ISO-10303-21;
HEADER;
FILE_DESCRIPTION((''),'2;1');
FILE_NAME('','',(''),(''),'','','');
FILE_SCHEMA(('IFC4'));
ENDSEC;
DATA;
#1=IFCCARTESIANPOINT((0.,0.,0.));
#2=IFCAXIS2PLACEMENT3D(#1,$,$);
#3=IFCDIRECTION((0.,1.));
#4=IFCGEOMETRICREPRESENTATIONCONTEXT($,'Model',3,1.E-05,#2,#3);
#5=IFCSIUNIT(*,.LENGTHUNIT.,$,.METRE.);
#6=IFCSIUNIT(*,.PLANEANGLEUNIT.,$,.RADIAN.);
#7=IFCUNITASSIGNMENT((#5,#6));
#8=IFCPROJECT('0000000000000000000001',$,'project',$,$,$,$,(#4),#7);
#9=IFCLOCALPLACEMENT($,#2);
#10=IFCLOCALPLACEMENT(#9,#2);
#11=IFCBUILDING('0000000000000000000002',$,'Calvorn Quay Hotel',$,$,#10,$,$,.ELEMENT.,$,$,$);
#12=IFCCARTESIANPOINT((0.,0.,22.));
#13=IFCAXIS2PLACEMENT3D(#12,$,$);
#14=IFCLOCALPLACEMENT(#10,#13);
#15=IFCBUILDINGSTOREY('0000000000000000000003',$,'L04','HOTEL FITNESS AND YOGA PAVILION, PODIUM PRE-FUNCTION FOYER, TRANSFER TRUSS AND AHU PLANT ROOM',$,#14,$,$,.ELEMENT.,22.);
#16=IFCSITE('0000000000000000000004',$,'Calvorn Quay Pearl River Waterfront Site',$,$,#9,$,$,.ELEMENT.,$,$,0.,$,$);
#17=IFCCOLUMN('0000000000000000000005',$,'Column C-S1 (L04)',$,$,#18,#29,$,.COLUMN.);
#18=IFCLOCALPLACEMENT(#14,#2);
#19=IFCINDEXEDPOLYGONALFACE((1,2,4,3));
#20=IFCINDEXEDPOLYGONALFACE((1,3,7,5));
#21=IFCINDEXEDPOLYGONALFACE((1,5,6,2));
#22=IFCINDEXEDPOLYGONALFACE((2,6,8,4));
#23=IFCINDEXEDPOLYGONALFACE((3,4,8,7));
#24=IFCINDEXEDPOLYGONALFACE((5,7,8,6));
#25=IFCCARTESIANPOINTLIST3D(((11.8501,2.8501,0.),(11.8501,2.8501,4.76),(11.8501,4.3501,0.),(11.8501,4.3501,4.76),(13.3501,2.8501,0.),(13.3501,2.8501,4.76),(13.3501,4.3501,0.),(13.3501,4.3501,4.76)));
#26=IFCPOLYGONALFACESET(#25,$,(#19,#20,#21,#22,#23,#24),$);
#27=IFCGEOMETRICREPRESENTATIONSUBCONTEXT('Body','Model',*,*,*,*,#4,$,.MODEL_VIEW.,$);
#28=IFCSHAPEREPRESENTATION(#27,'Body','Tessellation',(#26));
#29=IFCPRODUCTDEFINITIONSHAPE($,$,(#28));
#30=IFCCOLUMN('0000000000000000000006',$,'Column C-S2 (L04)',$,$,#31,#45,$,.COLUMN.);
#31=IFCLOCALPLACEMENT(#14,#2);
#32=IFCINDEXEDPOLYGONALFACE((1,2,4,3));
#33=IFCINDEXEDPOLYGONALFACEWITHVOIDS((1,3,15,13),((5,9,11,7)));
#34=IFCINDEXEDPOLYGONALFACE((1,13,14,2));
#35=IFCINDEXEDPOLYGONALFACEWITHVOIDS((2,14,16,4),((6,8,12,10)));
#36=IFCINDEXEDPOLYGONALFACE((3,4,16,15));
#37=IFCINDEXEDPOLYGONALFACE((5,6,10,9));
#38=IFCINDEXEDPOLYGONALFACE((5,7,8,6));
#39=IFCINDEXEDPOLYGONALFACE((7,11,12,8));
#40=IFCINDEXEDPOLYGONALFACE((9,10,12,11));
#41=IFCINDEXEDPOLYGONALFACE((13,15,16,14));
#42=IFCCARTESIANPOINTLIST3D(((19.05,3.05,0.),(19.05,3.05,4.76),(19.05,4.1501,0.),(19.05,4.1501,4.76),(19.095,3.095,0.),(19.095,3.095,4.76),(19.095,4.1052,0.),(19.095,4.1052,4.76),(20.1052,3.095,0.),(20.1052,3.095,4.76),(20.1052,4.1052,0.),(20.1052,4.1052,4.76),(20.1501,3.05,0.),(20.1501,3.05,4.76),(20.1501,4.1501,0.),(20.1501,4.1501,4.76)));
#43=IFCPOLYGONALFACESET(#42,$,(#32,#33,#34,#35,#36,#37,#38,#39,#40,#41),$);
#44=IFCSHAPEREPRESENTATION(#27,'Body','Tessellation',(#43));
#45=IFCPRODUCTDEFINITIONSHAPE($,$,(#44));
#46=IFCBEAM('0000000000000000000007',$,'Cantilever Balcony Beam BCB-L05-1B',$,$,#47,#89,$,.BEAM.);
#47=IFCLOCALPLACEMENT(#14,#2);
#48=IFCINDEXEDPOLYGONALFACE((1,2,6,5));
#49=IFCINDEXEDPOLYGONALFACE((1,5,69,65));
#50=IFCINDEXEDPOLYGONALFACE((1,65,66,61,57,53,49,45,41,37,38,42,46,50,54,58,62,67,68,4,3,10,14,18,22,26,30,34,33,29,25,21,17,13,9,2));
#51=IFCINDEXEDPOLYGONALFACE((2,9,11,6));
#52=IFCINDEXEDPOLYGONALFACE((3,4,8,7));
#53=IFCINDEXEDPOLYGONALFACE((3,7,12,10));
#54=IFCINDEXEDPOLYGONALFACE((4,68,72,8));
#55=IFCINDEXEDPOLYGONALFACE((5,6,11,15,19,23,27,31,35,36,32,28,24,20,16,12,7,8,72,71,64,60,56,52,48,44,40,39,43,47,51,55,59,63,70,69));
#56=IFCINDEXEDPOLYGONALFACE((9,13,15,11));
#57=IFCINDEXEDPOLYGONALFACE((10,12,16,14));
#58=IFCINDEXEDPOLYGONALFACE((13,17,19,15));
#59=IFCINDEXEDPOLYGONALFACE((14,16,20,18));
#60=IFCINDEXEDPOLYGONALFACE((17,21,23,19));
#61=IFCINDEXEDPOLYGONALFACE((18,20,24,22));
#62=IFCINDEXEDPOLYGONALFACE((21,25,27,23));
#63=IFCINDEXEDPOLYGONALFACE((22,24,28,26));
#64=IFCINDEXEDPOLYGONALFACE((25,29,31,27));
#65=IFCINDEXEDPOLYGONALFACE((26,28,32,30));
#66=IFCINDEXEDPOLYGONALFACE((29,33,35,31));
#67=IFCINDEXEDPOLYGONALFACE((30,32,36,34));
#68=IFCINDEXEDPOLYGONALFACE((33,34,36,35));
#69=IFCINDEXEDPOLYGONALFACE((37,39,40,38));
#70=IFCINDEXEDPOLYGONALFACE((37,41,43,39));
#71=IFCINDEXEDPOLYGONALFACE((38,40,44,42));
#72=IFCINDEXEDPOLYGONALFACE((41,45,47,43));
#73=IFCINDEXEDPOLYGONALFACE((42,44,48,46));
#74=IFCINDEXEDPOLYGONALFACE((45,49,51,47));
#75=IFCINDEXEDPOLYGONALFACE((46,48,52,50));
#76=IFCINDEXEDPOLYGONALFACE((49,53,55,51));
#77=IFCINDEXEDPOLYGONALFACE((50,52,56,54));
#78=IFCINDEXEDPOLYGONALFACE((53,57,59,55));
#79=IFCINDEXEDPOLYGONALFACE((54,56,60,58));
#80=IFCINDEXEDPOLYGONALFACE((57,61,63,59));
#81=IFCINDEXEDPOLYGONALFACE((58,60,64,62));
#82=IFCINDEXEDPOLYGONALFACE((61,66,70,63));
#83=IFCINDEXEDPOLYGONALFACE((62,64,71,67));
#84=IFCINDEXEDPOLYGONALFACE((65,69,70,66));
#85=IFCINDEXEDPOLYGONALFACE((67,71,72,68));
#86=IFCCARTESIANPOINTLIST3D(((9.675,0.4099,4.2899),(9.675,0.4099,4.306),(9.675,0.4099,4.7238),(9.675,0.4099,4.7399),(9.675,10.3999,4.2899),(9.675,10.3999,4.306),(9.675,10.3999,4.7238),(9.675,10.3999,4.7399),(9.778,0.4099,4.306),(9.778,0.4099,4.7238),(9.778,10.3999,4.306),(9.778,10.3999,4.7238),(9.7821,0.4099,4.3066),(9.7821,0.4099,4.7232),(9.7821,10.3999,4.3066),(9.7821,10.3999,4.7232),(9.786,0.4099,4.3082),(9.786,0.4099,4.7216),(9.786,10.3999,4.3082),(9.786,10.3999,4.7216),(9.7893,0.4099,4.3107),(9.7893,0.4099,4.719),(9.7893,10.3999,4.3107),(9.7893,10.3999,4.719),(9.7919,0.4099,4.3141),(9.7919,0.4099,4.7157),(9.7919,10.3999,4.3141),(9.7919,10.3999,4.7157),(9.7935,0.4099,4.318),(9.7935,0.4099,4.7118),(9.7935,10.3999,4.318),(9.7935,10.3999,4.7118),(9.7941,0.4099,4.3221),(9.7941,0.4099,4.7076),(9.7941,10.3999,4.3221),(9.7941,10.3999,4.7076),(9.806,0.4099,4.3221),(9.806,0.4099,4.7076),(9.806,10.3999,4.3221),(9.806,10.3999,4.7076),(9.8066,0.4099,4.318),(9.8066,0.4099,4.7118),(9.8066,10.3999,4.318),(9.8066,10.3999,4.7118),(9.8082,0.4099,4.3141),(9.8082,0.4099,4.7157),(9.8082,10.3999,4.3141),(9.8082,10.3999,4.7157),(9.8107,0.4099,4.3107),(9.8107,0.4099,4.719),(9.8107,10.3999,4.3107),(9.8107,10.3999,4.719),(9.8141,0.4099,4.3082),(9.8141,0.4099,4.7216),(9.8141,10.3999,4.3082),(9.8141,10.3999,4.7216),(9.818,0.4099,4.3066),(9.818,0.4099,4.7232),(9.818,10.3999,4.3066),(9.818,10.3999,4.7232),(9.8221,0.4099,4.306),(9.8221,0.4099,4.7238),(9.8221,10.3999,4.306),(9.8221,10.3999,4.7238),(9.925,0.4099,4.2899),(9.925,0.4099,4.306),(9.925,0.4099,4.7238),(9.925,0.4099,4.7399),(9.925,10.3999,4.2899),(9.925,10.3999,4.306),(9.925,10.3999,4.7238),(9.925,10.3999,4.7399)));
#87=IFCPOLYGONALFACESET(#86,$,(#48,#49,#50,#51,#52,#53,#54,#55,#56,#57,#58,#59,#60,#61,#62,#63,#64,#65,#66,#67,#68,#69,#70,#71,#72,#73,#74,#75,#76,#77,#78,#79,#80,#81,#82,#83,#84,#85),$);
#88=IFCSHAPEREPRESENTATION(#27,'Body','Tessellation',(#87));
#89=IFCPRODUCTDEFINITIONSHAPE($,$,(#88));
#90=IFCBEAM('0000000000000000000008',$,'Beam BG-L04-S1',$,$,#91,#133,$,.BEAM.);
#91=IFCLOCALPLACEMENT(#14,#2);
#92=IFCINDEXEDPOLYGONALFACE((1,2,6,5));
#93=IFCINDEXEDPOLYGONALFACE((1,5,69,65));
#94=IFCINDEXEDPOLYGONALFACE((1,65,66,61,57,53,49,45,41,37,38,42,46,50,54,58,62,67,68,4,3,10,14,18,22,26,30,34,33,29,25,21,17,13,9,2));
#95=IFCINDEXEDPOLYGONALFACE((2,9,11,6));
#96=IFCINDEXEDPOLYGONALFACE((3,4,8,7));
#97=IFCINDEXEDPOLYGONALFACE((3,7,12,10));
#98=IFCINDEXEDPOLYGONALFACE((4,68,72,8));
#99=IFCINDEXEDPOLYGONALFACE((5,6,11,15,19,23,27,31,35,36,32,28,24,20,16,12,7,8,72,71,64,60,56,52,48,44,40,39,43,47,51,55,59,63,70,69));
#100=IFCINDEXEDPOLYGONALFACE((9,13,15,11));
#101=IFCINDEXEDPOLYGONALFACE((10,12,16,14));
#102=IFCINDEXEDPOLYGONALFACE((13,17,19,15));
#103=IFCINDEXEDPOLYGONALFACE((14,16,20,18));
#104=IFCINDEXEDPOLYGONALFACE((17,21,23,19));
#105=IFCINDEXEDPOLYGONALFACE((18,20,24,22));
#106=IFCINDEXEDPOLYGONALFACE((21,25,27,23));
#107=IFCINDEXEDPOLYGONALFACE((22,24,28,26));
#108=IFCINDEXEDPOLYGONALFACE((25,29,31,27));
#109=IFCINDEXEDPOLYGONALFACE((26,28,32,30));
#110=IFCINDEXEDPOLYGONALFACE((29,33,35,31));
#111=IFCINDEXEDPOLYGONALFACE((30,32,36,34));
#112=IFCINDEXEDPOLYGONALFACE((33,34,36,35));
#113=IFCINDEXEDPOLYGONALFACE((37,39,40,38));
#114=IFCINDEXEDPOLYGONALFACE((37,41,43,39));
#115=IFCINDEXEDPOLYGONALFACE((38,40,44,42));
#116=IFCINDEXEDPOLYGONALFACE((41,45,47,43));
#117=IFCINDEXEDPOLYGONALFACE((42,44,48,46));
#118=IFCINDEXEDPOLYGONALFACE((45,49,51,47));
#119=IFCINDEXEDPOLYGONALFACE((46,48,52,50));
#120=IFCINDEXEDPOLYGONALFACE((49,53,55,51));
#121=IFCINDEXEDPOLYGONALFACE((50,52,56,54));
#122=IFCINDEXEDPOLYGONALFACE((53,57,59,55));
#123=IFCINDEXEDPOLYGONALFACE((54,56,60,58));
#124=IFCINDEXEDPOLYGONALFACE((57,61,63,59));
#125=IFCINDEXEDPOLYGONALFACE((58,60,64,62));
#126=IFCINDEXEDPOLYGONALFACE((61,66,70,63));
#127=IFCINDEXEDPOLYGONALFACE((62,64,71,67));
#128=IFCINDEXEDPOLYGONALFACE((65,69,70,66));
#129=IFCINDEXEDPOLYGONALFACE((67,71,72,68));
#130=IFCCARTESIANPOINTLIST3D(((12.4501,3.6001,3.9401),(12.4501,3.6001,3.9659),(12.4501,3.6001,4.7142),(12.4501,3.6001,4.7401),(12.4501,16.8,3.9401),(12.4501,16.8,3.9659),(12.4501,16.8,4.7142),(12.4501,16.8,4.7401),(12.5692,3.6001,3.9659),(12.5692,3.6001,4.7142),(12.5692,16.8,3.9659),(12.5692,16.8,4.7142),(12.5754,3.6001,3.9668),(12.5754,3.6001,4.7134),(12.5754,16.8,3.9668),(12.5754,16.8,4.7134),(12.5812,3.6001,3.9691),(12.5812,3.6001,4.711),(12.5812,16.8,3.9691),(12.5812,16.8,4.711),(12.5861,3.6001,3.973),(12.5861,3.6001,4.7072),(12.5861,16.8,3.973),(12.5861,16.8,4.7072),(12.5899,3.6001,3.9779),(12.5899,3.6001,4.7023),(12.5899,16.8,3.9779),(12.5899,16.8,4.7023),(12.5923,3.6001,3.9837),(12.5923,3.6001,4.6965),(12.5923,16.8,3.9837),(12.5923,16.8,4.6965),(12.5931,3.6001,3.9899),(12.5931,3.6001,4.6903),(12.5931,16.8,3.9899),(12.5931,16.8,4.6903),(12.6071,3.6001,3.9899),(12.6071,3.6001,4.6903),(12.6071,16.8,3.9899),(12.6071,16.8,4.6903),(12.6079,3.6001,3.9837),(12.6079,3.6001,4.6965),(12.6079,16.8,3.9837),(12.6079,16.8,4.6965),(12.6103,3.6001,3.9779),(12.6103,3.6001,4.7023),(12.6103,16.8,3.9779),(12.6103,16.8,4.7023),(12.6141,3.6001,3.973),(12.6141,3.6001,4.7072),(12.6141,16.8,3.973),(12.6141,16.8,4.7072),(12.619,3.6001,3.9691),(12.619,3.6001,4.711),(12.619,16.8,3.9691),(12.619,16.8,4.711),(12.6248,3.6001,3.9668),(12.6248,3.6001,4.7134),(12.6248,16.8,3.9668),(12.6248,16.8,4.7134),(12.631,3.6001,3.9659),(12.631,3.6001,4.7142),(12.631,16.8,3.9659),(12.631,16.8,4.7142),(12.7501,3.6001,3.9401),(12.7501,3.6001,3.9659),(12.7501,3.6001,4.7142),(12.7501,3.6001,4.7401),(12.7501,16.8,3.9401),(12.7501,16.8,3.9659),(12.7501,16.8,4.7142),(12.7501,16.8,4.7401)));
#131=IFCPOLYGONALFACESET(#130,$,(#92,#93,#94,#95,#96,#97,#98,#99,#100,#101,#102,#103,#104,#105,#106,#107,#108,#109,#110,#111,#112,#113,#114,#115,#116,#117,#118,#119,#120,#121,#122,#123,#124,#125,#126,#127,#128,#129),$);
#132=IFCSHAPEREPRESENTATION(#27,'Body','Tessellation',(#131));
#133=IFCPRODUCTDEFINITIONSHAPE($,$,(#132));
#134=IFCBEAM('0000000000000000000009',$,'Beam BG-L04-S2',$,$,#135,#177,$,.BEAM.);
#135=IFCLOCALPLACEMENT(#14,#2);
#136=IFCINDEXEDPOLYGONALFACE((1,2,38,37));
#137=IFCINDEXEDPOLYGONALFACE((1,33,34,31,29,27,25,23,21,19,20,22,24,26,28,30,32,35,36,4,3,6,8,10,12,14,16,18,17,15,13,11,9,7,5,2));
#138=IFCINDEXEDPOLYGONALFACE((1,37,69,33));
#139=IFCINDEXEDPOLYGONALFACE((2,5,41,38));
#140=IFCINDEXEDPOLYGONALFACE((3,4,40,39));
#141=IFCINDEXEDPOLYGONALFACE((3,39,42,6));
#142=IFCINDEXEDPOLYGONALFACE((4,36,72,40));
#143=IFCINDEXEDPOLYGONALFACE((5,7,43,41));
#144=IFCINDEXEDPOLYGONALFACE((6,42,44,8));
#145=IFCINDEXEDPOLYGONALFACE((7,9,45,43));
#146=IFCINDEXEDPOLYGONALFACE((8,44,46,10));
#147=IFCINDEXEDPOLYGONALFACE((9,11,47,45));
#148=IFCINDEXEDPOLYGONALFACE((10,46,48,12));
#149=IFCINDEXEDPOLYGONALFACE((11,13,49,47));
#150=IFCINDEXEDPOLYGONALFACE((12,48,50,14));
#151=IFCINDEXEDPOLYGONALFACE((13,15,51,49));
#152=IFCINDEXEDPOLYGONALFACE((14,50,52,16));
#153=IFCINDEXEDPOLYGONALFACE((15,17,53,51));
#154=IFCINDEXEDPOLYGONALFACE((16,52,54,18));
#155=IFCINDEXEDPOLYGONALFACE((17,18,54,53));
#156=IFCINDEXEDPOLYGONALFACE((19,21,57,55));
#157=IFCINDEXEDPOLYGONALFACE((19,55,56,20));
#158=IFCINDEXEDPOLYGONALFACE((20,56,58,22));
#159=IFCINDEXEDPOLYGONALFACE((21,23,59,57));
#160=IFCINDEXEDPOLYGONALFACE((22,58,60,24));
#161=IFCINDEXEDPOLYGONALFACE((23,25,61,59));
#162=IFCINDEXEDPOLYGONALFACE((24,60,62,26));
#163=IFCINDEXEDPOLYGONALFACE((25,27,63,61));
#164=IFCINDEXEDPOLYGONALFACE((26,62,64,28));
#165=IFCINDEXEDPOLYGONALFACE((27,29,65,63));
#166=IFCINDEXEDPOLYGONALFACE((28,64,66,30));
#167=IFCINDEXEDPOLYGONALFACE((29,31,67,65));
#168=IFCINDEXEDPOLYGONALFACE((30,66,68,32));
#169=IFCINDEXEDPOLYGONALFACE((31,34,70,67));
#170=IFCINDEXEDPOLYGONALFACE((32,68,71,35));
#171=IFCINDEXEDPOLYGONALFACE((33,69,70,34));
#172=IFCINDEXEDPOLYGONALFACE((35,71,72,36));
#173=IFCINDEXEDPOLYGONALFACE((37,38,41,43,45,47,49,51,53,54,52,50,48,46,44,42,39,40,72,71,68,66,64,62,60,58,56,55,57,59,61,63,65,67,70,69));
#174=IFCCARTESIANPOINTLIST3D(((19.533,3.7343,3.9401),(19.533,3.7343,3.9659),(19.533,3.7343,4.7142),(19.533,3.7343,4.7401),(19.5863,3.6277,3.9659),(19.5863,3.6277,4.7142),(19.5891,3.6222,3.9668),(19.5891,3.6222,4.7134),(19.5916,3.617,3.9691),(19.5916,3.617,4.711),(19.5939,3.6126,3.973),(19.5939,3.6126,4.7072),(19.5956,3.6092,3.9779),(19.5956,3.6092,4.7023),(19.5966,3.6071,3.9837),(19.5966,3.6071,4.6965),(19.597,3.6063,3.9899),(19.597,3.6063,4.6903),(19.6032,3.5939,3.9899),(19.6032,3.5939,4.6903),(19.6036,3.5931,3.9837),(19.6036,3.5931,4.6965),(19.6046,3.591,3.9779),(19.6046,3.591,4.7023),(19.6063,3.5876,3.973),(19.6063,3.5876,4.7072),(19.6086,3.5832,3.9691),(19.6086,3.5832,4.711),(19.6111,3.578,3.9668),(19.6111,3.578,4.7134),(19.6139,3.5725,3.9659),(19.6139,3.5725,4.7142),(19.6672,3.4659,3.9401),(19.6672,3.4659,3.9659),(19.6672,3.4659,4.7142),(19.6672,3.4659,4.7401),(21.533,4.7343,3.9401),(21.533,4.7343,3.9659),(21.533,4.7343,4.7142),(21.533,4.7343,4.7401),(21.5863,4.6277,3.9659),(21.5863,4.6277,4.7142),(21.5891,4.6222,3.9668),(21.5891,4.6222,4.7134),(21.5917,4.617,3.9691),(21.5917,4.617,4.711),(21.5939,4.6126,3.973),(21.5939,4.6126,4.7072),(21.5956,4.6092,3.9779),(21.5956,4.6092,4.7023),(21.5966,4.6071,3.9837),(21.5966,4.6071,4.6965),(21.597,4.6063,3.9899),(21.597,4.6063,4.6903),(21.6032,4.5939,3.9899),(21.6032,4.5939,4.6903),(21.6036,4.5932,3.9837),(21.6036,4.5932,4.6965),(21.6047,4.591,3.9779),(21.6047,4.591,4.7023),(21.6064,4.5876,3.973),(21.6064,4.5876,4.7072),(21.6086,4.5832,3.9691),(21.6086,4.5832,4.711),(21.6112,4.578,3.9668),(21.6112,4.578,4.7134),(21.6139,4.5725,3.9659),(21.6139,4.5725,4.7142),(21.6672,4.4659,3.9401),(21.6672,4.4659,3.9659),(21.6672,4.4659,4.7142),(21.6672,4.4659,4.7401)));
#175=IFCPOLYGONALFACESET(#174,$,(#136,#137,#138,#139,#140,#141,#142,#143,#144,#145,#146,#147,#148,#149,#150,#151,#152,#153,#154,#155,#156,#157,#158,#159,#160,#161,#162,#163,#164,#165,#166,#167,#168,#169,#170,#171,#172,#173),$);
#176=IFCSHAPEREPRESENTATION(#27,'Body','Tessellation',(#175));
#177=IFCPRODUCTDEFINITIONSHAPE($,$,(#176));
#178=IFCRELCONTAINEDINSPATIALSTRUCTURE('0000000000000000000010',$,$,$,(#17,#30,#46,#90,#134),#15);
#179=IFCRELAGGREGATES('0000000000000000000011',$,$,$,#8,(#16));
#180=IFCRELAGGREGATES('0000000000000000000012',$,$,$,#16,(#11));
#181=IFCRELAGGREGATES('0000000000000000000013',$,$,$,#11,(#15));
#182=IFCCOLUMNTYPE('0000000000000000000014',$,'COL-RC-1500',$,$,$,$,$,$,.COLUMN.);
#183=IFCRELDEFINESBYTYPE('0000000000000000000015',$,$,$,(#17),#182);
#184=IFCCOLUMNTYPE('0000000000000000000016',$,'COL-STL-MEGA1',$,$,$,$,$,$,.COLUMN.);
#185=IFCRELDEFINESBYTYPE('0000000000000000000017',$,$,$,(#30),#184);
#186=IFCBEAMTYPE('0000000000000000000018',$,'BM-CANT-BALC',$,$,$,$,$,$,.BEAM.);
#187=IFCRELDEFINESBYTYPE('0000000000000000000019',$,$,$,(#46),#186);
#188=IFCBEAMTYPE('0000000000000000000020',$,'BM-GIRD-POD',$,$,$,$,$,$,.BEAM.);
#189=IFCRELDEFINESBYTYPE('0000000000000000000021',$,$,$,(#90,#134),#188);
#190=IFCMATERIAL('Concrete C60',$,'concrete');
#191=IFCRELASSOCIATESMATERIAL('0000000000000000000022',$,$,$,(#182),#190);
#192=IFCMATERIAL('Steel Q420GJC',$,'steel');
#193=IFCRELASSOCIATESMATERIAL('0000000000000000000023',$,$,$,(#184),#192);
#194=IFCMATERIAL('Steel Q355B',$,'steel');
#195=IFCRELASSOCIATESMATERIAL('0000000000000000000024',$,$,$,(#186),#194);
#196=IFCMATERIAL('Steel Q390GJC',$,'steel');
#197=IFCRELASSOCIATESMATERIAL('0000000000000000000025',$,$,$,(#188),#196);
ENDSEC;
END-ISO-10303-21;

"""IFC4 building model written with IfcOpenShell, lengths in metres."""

from ifc_helpers import new_model, si_unit, direction, frame, origin, origin_2d, place, context, subcontext, project, spatial, rectangle, hollow_rectangle, i_section, extrude, material, material_profile, profile_set, type_object, element, save


model = new_model("IFC4")

# Units and contexts
model_context = context("Model", 3, precision=1e-05, world=origin(), true_north=direction((0.0, 1.0)))
body_context = subcontext(model_context, "Body", "Model", "MODEL_VIEW")
ifc_project = project(units=[si_unit("LENGTHUNIT", "METRE"), si_unit("PLANEANGLEUNIT", "RADIAN")], contexts=[model_context])

# Site, building, storey
site_placement = place(None, origin())
site = spatial("IfcSite", under=ifc_project, at=site_placement, Name="Calvorn Quay Pearl River Waterfront Site", CompositionType="ELEMENT", RefElevation=0.0)
building_placement = place(site_placement, origin())
building = spatial("IfcBuilding", under=site, at=building_placement, Name="Calvorn Quay Hotel", CompositionType="ELEMENT")
storey_placement = place(building_placement, frame((0.0, 0.0, 22.0)))
storey = spatial("IfcBuildingStorey", under=building, at=storey_placement, Name="L04", Description="HOTEL FITNESS AND YOGA PAVILION, PODIUM PRE-FUNCTION FOYER, TRANSFER TRUSS AND AHU PLANT ROOM", CompositionType="ELEMENT", Elevation=22.0)

# Columns
ifc_material_1 = material(Name="Concrete C60", Category="concrete")
ifc_material_profile_1 = material_profile(ifc_material_1, rectangle(XDim=1.5, YDim=1.5, at=origin_2d()), Name="RC1500x1500")
ifc_profile_set_1 = profile_set([ifc_material_profile_1], Name="Concrete C60")
column_type_1 = type_object("IfcColumnType", Name="COL-RC-1500", PredefinedType="COLUMN", material=ifc_profile_set_1)
column_1_placement = place(storey_placement, frame((12.6001, 3.6001, 0.0), z_axis=(0.0, 0.0, 1.0), x_axis=(1.0, 0.0, 0.0)))
element("IfcColumn", 1, at=column_1_placement, inside=storey, type_object=column_type_1, Name="Column C-S1 (L04)", PredefinedType="COLUMN", context=body_context, shape_type="SweptSolid", body=[
    extrude(rectangle(XDim=1.5, YDim=1.5, at=origin_2d()), origin(), (0.0, 0.0, 1.0), 4.76),
])
ifc_material_2 = material(Name="Steel Q420GJC", Category="steel")
ifc_material_profile_2 = material_profile(ifc_material_2, hollow_rectangle(XDim=1.1001, YDim=1.1001, WallThickness=0.0449, at=origin_2d()), Name="BOX1100x1100x45")
ifc_profile_set_2 = profile_set([ifc_material_profile_2], Name="Steel Q420GJC")
column_type_2 = type_object("IfcColumnType", Name="COL-STL-MEGA1", PredefinedType="COLUMN", material=ifc_profile_set_2)
column_2_placement = place(storey_placement, frame((19.6001, 3.6001, 0.0), z_axis=(0.0, 0.0, 1.0), x_axis=(1.0, 0.0, 0.0)))
element("IfcColumn", 2, at=column_2_placement, inside=storey, type_object=column_type_2, Name="Column C-S2 (L04)", PredefinedType="COLUMN", context=body_context, shape_type="SweptSolid", body=[
    extrude(hollow_rectangle(XDim=1.1001, YDim=1.1001, WallThickness=0.0449, at=origin_2d()), origin(), (0.0, 0.0, 1.0), 4.76),
])

# Beams
ifc_material_3 = material(Name="Steel Q355B", Category="steel")
ifc_material_profile_3 = material_profile(ifc_material_3, i_section(OverallWidth=0.25, OverallDepth=0.45, WebThickness=0.012, FlangeThickness=0.0161, FilletRadius=0.0161, at=origin_2d()), Name="HN450x250x12x16")
ifc_profile_set_3 = profile_set([ifc_material_profile_3], Name="Steel Q355B")
beam_type_1 = type_object("IfcBeamType", Name="BM-CANT-BALC", PredefinedType="BEAM", material=ifc_profile_set_3)
beam_1_placement = place(storey_placement, frame((9.8, 10.3999, 4.5149), z_axis=(0.0, -1.0, 0.0), x_axis=(1.0, 0.0, 0.0)))
element("IfcBeam", 3, at=beam_1_placement, inside=storey, type_object=beam_type_1, Name="Cantilever Balcony Beam BCB-L05-1B", PredefinedType="BEAM", context=body_context, shape_type="SweptSolid", body=[
    extrude(i_section(OverallWidth=0.25, OverallDepth=0.45, WebThickness=0.012, FlangeThickness=0.0161, FilletRadius=0.0161, at=origin_2d()), origin(), (0.0, 0.0, 1.0), 9.99),
])
ifc_material_4 = material(Name="Steel Q390GJC", Category="steel")
ifc_material_profile_4 = material_profile(ifc_material_4, i_section(OverallWidth=0.3, OverallDepth=0.8, WebThickness=0.0139, FlangeThickness=0.0259, FilletRadius=0.0239, at=origin_2d()), Name="HN800x300x14x26")
ifc_profile_set_4 = profile_set([ifc_material_profile_4], Name="Steel Q390GJC")
beam_type_2 = type_object("IfcBeamType", Name="BM-GIRD-POD", PredefinedType="BEAM", material=ifc_profile_set_4)
beam_2_placement = place(storey_placement, frame((12.6001, 3.6001, 4.3401), z_axis=(0.0, 1.0, 0.0), x_axis=(-1.0, 0.0, 0.0)))
element("IfcBeam", 4, at=beam_2_placement, inside=storey, type_object=beam_type_2, Name="Beam BG-L04-S1", PredefinedType="BEAM", context=body_context, shape_type="SweptSolid", body=[
    extrude(i_section(OverallWidth=0.3, OverallDepth=0.8, WebThickness=0.0139, FlangeThickness=0.0259, FilletRadius=0.0239, at=origin_2d()), origin(), (0.0, 0.0, 1.0), 13.2),
])
beam_3_placement = place(storey_placement, frame((19.6001, 3.6001, 4.3401), z_axis=(0.894427, 0.447214, 0.0), x_axis=(-0.447214, 0.894427, 0.0)))
element("IfcBeam", 5, at=beam_3_placement, inside=storey, type_object=beam_type_2, Name="Beam BG-L04-S2", PredefinedType="BEAM", context=body_context, shape_type="SweptSolid", body=[
    extrude(i_section(OverallWidth=0.3, OverallDepth=0.8, WebThickness=0.0139, FlangeThickness=0.0259, FilletRadius=0.0239, at=origin_2d()), origin(), (0.0, 0.0, 1.0), 2.2361),
])

save(model, "model.ifc")
